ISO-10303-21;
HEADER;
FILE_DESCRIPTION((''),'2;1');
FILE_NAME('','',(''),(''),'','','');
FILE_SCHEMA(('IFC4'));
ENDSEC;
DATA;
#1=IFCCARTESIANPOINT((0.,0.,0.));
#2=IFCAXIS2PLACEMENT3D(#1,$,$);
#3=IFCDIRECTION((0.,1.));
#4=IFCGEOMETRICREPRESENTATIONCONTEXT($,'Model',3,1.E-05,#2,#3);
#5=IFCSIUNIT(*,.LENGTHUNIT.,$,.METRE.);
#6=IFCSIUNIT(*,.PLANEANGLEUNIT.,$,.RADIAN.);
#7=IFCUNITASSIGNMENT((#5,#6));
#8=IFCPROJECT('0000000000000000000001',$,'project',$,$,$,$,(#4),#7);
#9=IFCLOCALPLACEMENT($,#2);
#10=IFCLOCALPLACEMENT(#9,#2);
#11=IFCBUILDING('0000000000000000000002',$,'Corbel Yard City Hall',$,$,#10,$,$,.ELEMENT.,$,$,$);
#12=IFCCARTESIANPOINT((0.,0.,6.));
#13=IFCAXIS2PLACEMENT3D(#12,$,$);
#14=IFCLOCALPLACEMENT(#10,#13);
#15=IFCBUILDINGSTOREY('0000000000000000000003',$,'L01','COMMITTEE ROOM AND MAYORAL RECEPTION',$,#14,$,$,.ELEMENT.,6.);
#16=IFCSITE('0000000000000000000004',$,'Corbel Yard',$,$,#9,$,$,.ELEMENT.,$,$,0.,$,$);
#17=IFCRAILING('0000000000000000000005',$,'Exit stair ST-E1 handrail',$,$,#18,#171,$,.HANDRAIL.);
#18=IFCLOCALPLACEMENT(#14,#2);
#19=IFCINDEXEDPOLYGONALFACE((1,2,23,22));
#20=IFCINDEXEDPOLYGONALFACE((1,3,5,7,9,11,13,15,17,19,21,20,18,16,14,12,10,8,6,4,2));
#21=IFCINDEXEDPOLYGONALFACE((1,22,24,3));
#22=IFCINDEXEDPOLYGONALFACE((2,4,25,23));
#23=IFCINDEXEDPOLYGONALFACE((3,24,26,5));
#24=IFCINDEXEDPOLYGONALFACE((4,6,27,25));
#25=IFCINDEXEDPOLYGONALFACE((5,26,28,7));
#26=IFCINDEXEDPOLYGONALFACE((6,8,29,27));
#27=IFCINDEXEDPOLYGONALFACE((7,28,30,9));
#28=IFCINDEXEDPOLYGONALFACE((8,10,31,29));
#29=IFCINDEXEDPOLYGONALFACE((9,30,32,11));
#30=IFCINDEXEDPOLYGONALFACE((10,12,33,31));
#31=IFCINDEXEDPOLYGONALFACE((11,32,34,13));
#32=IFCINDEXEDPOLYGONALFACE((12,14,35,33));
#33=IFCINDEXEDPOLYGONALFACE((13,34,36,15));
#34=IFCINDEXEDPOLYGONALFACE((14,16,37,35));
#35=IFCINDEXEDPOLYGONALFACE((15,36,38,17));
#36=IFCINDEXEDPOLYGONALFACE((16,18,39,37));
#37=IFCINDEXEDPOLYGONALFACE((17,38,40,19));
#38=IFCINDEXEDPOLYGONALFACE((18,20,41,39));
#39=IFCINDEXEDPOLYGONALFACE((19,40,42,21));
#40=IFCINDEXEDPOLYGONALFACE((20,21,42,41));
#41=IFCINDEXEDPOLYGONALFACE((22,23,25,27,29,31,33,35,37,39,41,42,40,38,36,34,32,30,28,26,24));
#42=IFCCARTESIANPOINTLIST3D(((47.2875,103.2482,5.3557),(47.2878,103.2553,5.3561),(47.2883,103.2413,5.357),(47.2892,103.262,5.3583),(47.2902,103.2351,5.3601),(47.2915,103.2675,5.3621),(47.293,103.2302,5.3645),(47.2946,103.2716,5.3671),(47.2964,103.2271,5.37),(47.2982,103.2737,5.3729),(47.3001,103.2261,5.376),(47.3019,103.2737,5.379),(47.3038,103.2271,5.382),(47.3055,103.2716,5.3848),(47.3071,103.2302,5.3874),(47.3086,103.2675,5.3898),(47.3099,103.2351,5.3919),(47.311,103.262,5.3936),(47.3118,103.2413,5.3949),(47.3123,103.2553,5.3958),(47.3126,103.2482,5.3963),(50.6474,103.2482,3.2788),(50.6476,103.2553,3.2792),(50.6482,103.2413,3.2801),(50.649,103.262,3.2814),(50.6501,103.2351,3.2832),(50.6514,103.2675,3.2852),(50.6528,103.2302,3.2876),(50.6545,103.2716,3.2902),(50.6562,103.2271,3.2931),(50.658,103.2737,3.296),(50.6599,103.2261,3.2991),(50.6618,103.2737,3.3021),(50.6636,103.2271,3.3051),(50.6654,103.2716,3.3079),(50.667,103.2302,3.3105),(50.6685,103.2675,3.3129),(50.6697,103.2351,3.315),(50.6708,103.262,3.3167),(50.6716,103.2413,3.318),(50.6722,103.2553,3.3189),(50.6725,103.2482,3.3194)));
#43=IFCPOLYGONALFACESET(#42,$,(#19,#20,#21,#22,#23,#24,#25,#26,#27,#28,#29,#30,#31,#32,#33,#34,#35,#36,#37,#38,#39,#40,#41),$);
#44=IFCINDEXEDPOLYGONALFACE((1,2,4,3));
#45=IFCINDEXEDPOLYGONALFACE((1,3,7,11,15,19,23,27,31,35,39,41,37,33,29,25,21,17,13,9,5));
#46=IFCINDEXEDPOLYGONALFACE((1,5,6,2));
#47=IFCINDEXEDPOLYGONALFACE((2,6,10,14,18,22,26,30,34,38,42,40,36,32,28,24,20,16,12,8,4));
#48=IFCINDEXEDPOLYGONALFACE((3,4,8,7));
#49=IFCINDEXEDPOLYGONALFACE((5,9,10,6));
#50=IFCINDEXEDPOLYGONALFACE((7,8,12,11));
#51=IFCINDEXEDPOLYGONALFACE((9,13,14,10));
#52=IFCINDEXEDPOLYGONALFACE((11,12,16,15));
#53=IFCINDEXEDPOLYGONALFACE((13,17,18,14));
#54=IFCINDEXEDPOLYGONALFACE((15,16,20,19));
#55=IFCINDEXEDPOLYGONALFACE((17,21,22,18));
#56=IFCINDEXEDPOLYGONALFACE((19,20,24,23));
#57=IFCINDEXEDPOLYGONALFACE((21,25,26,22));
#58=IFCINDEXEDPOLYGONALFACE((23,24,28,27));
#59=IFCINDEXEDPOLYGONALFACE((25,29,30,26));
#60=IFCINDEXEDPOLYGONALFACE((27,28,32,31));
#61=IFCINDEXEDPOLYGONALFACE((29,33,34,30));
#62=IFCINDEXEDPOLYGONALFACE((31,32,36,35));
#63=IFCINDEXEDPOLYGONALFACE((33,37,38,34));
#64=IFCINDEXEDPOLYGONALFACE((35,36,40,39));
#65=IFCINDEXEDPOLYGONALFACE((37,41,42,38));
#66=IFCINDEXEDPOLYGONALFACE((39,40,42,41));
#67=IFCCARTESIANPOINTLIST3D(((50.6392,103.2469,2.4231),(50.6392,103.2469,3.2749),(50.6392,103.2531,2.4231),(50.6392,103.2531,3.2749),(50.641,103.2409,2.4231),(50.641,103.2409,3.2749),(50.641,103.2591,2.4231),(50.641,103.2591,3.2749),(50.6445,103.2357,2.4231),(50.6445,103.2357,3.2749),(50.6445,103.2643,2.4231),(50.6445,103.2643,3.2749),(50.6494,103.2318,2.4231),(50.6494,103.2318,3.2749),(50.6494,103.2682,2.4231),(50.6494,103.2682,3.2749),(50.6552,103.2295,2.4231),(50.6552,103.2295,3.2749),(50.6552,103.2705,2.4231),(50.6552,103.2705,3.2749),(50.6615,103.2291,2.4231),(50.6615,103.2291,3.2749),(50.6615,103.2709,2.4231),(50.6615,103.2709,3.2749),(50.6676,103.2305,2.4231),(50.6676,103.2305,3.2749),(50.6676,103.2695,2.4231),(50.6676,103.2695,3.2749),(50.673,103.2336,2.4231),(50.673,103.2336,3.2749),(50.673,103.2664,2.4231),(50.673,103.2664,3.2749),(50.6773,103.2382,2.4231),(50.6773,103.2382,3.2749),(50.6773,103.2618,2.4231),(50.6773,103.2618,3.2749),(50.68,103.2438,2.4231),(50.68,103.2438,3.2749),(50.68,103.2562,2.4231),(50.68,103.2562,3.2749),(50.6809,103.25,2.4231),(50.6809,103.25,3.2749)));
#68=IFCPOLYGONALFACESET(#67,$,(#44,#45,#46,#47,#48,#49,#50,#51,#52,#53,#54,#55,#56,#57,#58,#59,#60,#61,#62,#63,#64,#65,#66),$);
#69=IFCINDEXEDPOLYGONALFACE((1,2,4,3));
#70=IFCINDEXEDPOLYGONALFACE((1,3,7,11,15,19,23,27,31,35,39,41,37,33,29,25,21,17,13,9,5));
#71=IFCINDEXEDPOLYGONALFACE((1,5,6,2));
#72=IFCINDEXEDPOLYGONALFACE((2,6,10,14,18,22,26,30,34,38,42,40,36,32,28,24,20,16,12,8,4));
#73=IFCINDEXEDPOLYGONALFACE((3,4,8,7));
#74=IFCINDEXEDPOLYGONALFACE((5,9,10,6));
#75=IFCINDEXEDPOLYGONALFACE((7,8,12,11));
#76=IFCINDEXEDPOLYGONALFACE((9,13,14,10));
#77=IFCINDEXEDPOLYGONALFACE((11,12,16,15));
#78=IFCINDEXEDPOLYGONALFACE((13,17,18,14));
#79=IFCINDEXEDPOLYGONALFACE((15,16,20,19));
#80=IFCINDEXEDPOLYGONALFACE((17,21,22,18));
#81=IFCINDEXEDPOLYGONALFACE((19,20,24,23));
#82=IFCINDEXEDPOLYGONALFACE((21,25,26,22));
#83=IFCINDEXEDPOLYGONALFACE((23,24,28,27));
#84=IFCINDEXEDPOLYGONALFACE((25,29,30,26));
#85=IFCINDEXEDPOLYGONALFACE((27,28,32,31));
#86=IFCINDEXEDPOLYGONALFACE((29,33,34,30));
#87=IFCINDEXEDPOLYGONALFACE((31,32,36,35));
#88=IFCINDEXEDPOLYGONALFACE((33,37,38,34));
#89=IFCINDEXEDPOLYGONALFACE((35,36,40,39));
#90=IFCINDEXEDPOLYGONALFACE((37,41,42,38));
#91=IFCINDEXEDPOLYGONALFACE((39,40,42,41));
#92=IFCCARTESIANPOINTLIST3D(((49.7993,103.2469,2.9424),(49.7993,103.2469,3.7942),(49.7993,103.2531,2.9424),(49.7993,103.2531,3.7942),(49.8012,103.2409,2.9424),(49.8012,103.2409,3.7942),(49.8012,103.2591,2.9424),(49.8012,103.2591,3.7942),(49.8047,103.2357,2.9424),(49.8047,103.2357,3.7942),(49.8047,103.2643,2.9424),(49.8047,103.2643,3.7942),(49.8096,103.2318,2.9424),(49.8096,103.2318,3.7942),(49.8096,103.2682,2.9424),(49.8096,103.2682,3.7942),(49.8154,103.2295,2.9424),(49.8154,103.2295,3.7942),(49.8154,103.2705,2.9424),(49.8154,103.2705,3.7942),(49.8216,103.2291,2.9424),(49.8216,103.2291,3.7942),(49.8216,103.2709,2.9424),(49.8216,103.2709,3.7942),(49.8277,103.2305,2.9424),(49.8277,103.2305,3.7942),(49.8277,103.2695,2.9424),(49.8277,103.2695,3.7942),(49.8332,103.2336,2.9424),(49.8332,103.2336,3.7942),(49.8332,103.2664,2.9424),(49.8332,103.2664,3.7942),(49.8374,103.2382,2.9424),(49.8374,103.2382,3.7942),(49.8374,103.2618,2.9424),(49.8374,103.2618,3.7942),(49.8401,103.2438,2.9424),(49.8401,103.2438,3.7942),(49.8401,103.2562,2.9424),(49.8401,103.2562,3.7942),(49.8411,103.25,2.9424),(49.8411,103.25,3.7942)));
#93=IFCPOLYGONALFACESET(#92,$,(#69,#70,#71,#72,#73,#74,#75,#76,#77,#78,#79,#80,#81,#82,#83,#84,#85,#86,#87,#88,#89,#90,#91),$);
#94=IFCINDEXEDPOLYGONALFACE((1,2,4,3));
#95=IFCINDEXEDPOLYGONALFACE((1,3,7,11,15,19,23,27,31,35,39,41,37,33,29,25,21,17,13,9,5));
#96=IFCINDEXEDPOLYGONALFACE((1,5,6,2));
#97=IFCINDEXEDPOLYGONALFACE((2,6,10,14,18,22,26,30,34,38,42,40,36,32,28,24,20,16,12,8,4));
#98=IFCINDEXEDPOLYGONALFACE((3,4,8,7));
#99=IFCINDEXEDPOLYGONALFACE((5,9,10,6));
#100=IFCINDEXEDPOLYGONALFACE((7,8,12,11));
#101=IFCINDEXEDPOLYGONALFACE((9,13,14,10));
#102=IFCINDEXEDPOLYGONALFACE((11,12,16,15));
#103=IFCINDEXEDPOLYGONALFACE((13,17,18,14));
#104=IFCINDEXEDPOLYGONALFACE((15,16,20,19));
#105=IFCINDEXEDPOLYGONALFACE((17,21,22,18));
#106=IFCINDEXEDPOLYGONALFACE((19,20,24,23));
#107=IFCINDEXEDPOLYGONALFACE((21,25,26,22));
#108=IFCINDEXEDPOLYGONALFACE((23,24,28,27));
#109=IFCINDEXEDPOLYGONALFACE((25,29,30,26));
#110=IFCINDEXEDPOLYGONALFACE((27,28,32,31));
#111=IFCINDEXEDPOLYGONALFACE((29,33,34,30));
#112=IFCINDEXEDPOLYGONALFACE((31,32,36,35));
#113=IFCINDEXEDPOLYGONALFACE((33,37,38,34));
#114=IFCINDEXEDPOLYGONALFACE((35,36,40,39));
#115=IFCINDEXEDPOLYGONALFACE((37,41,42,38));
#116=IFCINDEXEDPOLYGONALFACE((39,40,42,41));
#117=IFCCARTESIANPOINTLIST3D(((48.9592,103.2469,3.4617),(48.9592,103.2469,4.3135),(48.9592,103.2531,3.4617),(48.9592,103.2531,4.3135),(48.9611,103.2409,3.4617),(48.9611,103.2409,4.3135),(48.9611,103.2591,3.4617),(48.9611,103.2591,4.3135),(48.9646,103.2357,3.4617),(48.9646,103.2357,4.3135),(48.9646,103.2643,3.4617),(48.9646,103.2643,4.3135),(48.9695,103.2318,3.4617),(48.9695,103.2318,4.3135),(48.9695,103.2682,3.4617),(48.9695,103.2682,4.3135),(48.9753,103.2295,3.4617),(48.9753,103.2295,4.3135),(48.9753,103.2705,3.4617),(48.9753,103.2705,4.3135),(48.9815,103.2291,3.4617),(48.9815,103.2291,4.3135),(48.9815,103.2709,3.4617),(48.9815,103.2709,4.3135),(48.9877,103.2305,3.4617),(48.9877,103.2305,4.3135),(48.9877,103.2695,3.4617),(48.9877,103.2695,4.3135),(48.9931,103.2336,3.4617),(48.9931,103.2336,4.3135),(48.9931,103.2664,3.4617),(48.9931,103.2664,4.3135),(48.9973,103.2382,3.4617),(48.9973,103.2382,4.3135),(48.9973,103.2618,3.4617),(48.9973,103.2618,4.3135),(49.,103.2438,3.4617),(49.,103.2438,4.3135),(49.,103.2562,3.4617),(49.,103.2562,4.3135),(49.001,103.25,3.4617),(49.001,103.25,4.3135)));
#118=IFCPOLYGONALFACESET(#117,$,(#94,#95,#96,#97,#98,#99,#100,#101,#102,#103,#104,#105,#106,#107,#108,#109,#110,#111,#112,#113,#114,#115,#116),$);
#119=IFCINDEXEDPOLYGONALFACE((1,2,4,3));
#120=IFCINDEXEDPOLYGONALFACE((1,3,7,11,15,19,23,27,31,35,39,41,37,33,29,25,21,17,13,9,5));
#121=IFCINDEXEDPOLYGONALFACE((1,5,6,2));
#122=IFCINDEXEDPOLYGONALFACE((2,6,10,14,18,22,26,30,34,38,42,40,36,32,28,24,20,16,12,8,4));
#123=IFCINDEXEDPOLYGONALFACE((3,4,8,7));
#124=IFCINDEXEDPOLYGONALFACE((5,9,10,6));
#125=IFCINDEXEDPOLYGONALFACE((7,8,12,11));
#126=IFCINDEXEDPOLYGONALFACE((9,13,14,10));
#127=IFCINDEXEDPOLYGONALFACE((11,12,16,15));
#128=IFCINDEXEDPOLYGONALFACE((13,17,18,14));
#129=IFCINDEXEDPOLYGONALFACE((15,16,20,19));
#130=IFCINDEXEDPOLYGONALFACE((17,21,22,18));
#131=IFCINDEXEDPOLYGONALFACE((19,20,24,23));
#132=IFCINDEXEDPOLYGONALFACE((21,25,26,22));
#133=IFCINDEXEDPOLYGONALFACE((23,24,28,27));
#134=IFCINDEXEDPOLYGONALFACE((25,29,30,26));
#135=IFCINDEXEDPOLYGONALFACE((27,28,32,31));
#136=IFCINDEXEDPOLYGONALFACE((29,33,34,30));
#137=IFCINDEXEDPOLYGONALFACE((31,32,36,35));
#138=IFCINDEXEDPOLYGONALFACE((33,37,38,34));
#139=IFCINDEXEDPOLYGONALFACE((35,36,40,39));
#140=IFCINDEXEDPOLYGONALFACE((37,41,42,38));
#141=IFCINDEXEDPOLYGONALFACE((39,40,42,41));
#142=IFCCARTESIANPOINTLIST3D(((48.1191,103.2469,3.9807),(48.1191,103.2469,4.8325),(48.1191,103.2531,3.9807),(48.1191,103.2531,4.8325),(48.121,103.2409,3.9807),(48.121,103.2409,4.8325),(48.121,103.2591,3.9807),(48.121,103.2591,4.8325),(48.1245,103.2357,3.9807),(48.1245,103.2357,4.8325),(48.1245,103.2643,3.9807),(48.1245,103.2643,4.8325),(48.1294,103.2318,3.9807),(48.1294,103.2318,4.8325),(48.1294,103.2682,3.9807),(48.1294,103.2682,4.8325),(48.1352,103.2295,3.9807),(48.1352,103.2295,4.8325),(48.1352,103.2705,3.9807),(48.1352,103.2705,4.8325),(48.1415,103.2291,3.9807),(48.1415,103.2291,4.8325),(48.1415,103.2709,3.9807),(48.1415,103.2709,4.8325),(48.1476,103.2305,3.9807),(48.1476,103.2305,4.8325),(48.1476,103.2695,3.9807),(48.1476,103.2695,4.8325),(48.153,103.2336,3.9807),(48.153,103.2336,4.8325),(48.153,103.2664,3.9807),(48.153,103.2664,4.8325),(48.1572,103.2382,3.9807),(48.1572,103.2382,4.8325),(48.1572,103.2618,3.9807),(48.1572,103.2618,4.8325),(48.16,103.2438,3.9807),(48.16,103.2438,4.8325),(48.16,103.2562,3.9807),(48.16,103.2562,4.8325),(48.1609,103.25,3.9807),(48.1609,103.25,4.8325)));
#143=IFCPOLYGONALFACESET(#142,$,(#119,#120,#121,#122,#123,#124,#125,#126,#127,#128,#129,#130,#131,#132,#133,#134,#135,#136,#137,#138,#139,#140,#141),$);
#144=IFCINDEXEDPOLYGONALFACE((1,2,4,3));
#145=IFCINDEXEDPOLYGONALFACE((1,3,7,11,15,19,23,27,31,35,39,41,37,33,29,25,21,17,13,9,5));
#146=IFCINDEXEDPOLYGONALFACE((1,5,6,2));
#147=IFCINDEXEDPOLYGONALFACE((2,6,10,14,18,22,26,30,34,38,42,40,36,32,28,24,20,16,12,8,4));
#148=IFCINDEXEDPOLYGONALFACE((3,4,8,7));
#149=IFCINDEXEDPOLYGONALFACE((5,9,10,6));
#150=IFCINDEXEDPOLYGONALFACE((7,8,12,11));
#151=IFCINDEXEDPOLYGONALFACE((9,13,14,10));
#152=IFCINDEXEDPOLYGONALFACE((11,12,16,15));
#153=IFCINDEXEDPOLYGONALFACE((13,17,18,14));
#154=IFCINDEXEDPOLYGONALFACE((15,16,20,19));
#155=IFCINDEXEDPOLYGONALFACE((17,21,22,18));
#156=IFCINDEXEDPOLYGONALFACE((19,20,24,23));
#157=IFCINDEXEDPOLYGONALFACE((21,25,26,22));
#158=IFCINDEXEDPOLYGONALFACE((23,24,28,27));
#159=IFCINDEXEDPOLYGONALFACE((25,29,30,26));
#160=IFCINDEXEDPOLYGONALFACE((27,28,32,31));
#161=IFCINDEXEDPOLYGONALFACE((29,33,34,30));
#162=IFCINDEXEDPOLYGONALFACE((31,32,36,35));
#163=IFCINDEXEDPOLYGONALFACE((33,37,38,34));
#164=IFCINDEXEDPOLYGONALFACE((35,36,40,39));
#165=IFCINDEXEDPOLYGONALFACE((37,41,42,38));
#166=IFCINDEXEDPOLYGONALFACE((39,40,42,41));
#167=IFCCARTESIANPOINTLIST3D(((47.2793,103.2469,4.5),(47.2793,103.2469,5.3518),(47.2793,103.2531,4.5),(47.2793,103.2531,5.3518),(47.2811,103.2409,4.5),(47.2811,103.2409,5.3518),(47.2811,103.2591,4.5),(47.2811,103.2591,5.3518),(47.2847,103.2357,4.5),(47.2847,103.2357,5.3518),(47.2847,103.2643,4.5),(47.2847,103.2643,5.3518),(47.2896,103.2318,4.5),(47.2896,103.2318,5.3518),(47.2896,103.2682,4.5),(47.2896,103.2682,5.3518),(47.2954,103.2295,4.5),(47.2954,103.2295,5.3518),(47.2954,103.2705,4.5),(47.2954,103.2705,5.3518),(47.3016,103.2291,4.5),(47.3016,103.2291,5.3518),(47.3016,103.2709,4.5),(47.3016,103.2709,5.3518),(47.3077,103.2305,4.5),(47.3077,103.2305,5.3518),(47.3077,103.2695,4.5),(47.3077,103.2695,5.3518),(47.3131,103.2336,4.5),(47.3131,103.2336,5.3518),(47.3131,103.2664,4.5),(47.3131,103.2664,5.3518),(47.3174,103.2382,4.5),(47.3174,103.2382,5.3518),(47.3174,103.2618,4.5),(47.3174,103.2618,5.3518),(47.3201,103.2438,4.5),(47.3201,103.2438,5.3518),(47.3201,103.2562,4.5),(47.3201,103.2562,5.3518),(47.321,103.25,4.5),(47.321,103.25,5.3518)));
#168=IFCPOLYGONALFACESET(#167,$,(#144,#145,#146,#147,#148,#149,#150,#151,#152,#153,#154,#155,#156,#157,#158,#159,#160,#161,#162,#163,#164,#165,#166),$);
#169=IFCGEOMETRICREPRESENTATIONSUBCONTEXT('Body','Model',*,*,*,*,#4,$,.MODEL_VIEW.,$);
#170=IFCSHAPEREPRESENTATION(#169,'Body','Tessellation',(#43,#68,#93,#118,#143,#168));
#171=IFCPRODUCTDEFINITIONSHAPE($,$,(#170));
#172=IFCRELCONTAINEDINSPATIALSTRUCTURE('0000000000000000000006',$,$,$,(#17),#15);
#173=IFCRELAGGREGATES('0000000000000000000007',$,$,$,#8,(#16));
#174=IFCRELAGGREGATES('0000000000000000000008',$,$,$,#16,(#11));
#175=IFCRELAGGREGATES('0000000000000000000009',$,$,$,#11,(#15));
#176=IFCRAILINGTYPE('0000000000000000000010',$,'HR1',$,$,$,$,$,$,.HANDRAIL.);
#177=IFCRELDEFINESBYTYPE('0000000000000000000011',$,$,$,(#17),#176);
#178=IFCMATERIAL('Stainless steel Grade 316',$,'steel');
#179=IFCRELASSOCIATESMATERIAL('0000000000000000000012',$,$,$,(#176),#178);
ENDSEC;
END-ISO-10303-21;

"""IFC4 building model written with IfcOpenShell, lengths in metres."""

from ifc_helpers import new_model, si_unit, direction, frame, origin, origin_2d, place, context, subcontext, project, spatial, circle, extrude, material, type_object, element, save


model = new_model("IFC4")

# Units and contexts
model_context = context("Model", 3, precision=1e-05, world=origin(), true_north=direction((0.0, 1.0)))
body_context = subcontext(model_context, "Body", "Model", "MODEL_VIEW")
ifc_project = project(units=[si_unit("LENGTHUNIT", "METRE"), si_unit("PLANEANGLEUNIT", "RADIAN")], contexts=[model_context])

# Site, building, storey
site_placement = place(None, origin())
site = spatial("IfcSite", under=ifc_project, at=site_placement, Name="Corbel Yard", CompositionType="ELEMENT", RefElevation=0.0)
building_placement = place(site_placement, origin())
building = spatial("IfcBuilding", under=site, at=building_placement, Name="Corbel Yard City Hall", CompositionType="ELEMENT")
storey_placement = place(building_placement, frame((0.0, 0.0, 6.0)))
storey = spatial("IfcBuildingStorey", under=building, at=storey_placement, Name="L01", Description="COMMITTEE ROOM AND MAYORAL RECEPTION", CompositionType="ELEMENT", Elevation=6.0)

# Shared definitions
ifc_material_1 = material(Name="Stainless steel Grade 316", Category="steel")

# Railing
railing_type = type_object("IfcRailingType", Name="HR1", PredefinedType="HANDRAIL", material=ifc_material_1)
railing_placement = place(storey_placement, frame((50.6599, 103.25, 2.4231)))
element("IfcRailing", 1, at=railing_placement, inside=storey, type_object=railing_type, Name="Exit stair ST-E1 handrail", PredefinedType="HANDRAIL", context=body_context, shape_type="SweptSolid", body=[
    extrude(circle(Radius=0.0239, at=origin_2d()), frame((0.0, 0.0, 0.876), z_axis=(-0.850606, 0.0, 0.525803), x_axis=(0.0, -1.0, 0.0)), (0.0, 0.0, 1.0), 3.95),
    extrude(circle(Radius=0.021, at=origin_2d()), origin(), (0.0, 0.0, 1.0), 0.8518),
    extrude(circle(Radius=0.021, at=origin_2d()), frame((-0.8398, 0.0, 0.5193)), (0.0, 0.0, 1.0), 0.8518),
    extrude(circle(Radius=0.021, at=origin_2d()), frame((-1.6799, 0.0, 1.0386)), (0.0, 0.0, 1.0), 0.8518),
    extrude(circle(Radius=0.021, at=origin_2d()), frame((-2.52, 0.0, 1.5576)), (0.0, 0.0, 1.0), 0.8518),
    extrude(circle(Radius=0.021, at=origin_2d()), frame((-3.3599, 0.0, 2.0769)), (0.0, 0.0, 1.0), 0.8518),
])

save(model, "model.ifc")
